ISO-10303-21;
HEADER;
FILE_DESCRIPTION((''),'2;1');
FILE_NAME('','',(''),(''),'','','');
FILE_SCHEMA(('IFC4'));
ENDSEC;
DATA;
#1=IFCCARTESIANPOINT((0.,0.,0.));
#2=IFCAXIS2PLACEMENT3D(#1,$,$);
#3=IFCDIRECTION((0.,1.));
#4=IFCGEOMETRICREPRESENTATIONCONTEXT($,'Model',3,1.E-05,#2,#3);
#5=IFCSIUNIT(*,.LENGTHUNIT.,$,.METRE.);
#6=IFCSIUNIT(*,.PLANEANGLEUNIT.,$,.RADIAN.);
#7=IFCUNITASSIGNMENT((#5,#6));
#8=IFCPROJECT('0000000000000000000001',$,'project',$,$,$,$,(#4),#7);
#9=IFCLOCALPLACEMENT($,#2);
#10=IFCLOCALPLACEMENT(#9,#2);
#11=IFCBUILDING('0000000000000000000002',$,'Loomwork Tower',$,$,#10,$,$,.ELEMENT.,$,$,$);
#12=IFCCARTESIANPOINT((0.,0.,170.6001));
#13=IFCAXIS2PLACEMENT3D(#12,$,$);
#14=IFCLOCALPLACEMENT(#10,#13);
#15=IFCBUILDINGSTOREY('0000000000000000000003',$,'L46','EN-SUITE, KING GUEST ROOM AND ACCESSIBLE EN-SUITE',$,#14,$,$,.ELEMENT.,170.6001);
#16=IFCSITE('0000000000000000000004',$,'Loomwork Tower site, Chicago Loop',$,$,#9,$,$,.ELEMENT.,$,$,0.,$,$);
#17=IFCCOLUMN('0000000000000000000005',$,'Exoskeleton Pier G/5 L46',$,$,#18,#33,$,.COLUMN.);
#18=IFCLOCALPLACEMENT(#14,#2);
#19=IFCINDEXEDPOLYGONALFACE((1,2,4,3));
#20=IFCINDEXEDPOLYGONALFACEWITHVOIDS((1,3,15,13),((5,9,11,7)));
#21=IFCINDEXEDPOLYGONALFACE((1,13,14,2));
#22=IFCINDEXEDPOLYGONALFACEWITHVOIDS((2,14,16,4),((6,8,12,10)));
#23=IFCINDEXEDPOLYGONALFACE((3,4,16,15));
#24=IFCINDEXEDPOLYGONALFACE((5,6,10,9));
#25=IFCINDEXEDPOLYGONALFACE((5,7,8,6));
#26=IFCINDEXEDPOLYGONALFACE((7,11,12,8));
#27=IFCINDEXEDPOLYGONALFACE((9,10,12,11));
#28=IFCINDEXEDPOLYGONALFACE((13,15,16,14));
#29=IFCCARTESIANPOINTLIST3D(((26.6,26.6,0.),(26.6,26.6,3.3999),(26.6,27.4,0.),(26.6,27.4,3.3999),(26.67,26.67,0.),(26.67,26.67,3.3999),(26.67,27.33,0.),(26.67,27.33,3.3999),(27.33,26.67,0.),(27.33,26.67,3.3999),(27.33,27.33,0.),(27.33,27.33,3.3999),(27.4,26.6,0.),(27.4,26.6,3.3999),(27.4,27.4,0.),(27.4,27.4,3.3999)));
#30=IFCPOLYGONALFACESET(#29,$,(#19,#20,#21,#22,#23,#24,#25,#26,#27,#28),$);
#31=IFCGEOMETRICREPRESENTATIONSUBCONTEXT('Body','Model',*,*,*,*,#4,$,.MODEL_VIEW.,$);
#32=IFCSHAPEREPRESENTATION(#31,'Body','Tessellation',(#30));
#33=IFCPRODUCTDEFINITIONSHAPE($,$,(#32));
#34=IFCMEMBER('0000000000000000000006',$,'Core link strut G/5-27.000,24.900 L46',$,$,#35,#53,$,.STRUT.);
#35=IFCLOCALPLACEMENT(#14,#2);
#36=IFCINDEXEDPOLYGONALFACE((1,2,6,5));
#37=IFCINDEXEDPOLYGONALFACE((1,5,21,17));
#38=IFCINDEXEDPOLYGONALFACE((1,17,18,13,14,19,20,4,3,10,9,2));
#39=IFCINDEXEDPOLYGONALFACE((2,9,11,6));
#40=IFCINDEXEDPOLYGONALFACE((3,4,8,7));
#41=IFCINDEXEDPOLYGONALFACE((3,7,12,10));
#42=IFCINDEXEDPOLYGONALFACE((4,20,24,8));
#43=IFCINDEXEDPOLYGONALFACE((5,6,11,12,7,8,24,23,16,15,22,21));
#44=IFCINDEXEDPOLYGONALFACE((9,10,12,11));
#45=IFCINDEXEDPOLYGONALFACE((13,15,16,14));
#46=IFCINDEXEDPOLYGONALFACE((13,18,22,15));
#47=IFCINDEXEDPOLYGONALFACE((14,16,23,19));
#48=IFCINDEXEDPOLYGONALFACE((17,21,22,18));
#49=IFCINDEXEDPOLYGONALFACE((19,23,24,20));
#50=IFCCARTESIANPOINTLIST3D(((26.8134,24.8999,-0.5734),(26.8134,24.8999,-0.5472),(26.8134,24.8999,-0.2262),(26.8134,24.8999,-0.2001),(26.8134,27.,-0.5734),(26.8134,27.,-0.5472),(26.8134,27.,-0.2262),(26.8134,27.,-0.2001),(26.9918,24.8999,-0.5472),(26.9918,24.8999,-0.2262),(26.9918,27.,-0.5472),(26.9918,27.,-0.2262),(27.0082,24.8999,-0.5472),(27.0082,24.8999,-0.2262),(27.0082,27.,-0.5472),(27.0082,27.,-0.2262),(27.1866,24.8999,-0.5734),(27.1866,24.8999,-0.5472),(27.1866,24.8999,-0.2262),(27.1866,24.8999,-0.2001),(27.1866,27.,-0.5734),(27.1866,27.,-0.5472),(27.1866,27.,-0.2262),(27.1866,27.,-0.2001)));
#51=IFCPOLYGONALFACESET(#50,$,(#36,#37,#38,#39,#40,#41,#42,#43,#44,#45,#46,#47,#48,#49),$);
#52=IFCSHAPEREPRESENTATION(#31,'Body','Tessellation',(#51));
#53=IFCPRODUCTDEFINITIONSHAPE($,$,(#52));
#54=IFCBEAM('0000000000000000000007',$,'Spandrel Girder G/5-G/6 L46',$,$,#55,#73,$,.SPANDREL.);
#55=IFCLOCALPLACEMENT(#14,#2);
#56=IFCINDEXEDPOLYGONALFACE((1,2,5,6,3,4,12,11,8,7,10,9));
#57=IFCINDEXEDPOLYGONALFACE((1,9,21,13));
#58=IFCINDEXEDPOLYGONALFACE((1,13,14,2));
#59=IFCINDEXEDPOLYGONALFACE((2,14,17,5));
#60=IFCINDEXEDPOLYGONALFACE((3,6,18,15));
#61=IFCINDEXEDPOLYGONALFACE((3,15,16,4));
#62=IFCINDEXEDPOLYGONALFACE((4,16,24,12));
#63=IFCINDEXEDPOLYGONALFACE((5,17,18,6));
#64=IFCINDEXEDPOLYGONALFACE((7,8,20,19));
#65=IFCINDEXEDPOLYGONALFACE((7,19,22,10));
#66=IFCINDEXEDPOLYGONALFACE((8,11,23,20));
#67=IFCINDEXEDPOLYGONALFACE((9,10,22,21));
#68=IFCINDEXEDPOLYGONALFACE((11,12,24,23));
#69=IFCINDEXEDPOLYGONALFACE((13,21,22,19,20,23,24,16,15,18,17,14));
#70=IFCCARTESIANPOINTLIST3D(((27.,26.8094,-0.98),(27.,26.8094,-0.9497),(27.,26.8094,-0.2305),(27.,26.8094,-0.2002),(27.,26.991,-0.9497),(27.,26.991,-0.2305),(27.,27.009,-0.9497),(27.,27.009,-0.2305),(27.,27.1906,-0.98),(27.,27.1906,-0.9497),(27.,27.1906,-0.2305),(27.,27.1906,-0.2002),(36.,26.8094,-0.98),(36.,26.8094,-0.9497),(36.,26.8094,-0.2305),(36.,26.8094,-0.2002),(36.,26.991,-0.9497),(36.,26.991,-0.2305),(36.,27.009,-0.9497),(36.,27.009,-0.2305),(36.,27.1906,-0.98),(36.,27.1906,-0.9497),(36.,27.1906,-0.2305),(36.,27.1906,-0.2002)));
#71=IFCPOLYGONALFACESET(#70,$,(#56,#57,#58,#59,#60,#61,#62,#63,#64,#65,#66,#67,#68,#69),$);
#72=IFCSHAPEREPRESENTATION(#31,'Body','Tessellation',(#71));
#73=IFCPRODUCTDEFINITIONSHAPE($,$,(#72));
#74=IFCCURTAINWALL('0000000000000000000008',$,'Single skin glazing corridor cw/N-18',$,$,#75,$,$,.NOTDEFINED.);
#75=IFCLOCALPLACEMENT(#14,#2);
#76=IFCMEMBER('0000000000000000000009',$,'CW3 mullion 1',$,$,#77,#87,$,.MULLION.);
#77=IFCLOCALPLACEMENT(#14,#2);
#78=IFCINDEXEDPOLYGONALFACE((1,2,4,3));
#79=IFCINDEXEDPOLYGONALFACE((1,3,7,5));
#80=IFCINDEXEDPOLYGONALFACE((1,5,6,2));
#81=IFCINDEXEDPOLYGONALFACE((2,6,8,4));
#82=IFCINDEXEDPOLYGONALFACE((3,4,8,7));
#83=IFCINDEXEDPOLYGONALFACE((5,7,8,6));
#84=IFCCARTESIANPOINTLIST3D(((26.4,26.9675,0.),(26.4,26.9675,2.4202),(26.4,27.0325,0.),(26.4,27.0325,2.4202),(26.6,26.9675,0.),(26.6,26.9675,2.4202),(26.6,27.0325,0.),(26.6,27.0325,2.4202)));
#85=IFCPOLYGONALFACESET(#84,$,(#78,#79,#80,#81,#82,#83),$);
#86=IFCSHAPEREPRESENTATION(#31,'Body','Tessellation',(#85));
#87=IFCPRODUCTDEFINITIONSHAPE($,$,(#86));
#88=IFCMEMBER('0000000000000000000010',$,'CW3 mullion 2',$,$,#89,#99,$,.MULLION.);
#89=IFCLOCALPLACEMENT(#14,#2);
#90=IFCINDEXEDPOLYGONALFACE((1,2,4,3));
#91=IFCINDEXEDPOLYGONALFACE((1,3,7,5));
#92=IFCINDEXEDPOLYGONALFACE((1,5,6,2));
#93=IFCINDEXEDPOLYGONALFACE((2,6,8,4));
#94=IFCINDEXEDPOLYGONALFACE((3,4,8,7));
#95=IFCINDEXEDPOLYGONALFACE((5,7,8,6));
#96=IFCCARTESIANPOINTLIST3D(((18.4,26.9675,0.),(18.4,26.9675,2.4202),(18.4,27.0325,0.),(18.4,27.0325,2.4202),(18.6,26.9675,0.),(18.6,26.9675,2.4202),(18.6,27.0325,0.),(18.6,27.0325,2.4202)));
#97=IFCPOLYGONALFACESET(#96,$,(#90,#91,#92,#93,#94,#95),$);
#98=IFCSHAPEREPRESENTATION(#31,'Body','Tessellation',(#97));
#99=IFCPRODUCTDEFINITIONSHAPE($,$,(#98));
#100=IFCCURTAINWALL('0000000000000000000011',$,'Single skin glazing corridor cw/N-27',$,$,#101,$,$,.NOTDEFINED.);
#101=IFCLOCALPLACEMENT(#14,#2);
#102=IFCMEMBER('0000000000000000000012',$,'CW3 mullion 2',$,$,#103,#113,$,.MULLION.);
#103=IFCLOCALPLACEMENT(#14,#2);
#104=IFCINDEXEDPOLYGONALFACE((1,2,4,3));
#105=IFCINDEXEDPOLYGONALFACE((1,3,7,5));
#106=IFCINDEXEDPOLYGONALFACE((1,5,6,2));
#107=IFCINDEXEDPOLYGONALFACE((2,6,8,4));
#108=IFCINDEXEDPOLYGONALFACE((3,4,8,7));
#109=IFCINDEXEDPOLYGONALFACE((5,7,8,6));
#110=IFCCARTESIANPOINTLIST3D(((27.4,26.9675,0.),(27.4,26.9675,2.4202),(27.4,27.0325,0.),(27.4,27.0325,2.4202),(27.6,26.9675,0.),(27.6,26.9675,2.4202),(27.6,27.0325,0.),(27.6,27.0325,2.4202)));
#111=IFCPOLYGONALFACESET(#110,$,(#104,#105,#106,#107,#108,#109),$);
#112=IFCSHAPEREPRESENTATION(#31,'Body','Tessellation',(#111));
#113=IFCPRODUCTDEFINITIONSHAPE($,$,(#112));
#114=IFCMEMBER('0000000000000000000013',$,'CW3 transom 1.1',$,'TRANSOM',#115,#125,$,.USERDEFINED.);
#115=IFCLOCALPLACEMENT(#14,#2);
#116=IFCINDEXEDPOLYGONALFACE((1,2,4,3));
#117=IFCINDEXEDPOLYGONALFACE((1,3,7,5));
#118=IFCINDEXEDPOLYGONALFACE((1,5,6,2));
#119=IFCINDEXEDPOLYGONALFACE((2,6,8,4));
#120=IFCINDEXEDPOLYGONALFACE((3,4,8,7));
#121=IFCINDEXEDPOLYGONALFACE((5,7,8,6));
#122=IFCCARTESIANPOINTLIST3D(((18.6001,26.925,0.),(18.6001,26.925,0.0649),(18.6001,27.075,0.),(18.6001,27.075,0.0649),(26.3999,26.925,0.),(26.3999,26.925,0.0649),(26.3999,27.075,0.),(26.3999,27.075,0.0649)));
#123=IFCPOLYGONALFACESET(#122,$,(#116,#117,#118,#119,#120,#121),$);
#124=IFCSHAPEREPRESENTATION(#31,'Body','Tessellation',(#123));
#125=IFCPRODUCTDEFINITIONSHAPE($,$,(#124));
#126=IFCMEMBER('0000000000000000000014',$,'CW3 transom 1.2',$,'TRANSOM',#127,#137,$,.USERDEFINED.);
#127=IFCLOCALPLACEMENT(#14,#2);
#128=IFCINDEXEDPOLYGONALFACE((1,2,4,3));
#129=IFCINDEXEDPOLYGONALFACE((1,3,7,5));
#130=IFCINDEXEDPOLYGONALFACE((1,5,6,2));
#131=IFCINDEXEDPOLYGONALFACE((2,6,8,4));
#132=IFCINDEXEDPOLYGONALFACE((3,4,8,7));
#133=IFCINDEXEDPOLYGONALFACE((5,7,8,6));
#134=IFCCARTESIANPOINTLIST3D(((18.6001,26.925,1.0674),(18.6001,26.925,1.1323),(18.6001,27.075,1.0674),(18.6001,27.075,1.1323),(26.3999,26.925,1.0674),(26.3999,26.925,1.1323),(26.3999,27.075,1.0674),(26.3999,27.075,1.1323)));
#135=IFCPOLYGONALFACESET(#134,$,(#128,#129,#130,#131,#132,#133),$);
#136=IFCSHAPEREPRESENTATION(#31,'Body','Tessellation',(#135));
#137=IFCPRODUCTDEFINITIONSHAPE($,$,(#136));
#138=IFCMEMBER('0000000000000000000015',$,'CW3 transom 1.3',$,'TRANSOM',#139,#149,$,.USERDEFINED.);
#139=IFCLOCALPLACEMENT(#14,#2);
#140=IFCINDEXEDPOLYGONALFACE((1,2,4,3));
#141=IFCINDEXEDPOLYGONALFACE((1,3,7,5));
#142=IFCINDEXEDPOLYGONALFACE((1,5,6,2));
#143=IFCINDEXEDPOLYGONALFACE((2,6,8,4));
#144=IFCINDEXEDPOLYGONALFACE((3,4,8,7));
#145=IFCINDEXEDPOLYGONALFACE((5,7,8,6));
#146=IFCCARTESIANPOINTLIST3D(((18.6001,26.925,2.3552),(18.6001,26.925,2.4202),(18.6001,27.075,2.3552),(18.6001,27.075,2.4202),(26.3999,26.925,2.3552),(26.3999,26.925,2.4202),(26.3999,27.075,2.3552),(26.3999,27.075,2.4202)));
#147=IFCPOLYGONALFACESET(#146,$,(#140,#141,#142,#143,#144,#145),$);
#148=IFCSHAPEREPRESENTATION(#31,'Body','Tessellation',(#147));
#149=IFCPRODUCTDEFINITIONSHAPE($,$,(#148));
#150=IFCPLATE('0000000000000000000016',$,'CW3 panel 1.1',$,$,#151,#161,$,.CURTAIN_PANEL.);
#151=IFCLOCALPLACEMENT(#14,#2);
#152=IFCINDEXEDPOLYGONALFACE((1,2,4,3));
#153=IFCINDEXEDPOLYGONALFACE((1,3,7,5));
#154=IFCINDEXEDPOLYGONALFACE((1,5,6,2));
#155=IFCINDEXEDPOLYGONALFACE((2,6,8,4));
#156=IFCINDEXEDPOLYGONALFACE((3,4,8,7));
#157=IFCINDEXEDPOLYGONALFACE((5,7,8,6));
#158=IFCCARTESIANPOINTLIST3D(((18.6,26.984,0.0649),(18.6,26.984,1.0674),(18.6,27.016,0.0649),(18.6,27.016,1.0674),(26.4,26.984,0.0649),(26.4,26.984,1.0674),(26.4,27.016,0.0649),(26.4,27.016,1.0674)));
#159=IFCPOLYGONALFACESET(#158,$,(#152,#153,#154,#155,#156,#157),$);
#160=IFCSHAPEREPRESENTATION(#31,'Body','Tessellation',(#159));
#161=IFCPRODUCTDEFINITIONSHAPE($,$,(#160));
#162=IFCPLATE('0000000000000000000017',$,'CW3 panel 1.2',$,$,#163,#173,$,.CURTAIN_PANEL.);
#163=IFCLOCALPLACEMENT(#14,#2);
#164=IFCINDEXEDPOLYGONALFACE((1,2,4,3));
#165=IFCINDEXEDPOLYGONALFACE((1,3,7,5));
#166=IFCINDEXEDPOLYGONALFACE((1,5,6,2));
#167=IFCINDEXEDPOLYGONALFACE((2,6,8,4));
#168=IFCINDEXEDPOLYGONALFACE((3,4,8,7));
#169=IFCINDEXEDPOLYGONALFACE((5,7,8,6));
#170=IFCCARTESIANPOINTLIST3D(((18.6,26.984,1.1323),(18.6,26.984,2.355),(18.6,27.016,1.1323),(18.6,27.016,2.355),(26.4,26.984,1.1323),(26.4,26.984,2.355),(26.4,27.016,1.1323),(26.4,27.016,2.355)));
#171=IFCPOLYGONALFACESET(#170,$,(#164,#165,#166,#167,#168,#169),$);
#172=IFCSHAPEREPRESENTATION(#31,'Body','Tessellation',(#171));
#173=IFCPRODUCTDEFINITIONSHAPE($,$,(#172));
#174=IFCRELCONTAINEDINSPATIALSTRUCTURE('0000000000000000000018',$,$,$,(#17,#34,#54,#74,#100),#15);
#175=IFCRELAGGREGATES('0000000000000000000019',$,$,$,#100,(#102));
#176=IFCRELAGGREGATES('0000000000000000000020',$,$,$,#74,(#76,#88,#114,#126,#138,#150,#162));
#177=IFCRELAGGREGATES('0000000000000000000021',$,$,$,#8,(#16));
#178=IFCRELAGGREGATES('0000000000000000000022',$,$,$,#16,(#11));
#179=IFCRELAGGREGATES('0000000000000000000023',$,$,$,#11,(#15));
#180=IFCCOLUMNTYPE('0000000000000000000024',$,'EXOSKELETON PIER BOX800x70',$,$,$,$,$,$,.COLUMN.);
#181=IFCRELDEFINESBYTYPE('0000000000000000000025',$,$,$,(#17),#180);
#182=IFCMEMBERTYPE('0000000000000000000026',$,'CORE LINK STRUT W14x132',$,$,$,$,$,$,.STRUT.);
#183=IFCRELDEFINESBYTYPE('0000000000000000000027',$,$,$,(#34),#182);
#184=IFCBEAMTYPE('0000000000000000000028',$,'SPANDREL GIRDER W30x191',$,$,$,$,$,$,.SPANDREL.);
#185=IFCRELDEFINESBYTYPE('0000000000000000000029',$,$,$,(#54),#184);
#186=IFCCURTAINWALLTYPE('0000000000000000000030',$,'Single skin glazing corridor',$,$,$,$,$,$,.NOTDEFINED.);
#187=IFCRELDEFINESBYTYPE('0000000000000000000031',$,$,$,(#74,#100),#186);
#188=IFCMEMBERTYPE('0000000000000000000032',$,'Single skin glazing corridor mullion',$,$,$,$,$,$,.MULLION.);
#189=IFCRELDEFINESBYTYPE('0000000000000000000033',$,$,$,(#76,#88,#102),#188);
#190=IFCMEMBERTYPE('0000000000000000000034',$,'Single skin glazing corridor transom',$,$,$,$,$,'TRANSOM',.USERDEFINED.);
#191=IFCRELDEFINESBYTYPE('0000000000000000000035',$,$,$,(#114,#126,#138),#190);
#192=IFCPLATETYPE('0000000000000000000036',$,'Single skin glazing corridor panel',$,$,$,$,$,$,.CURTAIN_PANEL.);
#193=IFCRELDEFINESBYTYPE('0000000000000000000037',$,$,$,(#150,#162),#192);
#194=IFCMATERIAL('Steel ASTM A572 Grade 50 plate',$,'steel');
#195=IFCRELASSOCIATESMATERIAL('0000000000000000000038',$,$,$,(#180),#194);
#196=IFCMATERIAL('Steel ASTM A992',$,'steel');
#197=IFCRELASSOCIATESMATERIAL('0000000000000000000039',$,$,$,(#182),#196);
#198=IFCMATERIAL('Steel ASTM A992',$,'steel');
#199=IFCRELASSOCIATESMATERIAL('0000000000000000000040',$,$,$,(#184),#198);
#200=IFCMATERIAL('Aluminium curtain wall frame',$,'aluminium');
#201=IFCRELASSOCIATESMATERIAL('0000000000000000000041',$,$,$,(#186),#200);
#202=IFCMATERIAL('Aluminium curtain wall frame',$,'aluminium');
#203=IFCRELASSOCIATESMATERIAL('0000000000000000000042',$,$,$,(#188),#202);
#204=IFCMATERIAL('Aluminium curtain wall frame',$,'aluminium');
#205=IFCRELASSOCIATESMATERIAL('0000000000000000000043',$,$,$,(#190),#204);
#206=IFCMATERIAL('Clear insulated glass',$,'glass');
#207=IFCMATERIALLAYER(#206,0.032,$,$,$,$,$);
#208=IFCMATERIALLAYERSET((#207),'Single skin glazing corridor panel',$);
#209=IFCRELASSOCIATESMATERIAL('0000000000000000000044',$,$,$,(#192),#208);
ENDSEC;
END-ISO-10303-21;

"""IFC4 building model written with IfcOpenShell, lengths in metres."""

from ifc_helpers import new_model, si_unit, direction, frame, origin, origin_2d, place, context, subcontext, project, spatial, rectangle, hollow_rectangle, i_section, extrude, material, layer, layer_set, material_profile, profile_set, type_object, element, aggregate, save


model = new_model("IFC4")

# Units and contexts
model_context = context("Model", 3, precision=1e-05, world=origin(), true_north=direction((0.0, 1.0)))
body_context = subcontext(model_context, "Body", "Model", "MODEL_VIEW")
ifc_project = project(units=[si_unit("LENGTHUNIT", "METRE"), si_unit("PLANEANGLEUNIT", "RADIAN")], contexts=[model_context])

# Site, building, storey
site_placement = place(None, origin())
site = spatial("IfcSite", under=ifc_project, at=site_placement, Name="Loomwork Tower site, Chicago Loop", CompositionType="ELEMENT", RefElevation=0.0)
building_placement = place(site_placement, origin())
building = spatial("IfcBuilding", under=site, at=building_placement, Name="Loomwork Tower", CompositionType="ELEMENT")
storey_placement = place(building_placement, frame((0.0, 0.0, 170.6001)))
storey = spatial("IfcBuildingStorey", under=building, at=storey_placement, Name="L46", Description="EN-SUITE, KING GUEST ROOM AND ACCESSIBLE EN-SUITE", CompositionType="ELEMENT", Elevation=170.6001)

# Column
ifc_material_1 = material(Name="Steel ASTM A572 Grade 50 plate", Category="steel")
ifc_material_profile_1 = material_profile(ifc_material_1, hollow_rectangle(XDim=0.8, YDim=0.8, WallThickness=0.0701, at=origin_2d()), Name="BOX800x70")
ifc_profile_set_1 = profile_set([ifc_material_profile_1], Name="Steel ASTM A572 Grade 50 plate")
column_type = type_object("IfcColumnType", Name="EXOSKELETON PIER BOX800x70", PredefinedType="COLUMN", material=ifc_profile_set_1)
column_placement = place(storey_placement, frame((27.0, 27.0, 0.0), z_axis=(0.0, 0.0, 1.0), x_axis=(1.0, 0.0, 0.0)))
element("IfcColumn", 1, at=column_placement, inside=storey, type_object=column_type, Name="Exoskeleton Pier G/5 L46", PredefinedType="COLUMN", context=body_context, shape_type="SweptSolid", body=[
    extrude(hollow_rectangle(XDim=0.8, YDim=0.8, WallThickness=0.0701, at=origin_2d()), origin(), (0.0, 0.0, 1.0), 3.3999),
])

# Member
ifc_material_2 = material(Name="Steel ASTM A992", Category="steel")
ifc_material_profile_2 = material_profile(ifc_material_2, i_section(OverallWidth=0.3733, OverallDepth=0.3733, WebThickness=0.0164, FlangeThickness=0.0261, at=origin_2d()), Name="W14x132")
ifc_profile_set_2 = profile_set([ifc_material_profile_2], Name="Steel ASTM A992")
member_type_1 = type_object("IfcMemberType", Name="CORE LINK STRUT W14x132", PredefinedType="STRUT", material=ifc_profile_set_2)
member_1_placement = place(storey_placement, frame((27.0, 27.0, -0.3867), z_axis=(0.0, -1.0, 0.0), x_axis=(1.0, 0.0, 0.0)))
element("IfcMember", 2, at=member_1_placement, inside=storey, type_object=member_type_1, Name="Core link strut G/5-27.000,24.900 L46", PredefinedType="STRUT", context=body_context, shape_type="SweptSolid", body=[
    extrude(i_section(OverallWidth=0.3733, OverallDepth=0.3733, WebThickness=0.0164, FlangeThickness=0.0261, at=origin_2d()), origin(), (0.0, 0.0, 1.0), 2.1001),
])

# Beam
ifc_material_3 = material(Name="Steel ASTM A992", Category="steel")
ifc_material_profile_3 = material_profile(ifc_material_3, i_section(OverallWidth=0.3811, OverallDepth=0.7798, WebThickness=0.0181, FlangeThickness=0.0303, at=origin_2d()), Name="W30x191")
ifc_profile_set_3 = profile_set([ifc_material_profile_3], Name="Steel ASTM A992")
beam_type = type_object("IfcBeamType", Name="SPANDREL GIRDER W30x191", PredefinedType="SPANDREL", material=ifc_profile_set_3)
beam_placement = place(storey_placement, frame((27.0, 27.0, -0.5901), z_axis=(1.0, 0.0, 0.0), x_axis=(0.0, 1.0, 0.0)))
element("IfcBeam", 3, at=beam_placement, inside=storey, type_object=beam_type, Name="Spandrel Girder G/5-G/6 L46", PredefinedType="SPANDREL", context=body_context, shape_type="SweptSolid", body=[
    extrude(i_section(OverallWidth=0.3811, OverallDepth=0.7798, WebThickness=0.0181, FlangeThickness=0.0303, at=origin_2d()), origin(), (0.0, 0.0, 1.0), 9.0),
])

# Curtain wall, members
ifc_material_4 = material(Name="Aluminium curtain wall frame", Category="aluminium")
curtain_wall_type = type_object("IfcCurtainWallType", Name="Single skin glazing corridor", PredefinedType="NOTDEFINED", material=ifc_material_4)
curtain_wall_1_placement = place(storey_placement, origin())
curtain_wall_1 = element("IfcCurtainWall", 4, at=curtain_wall_1_placement, inside=storey, type_object=curtain_wall_type, Name="Single skin glazing corridor cw/N-18", PredefinedType="NOTDEFINED")
ifc_material_5 = material(Name="Aluminium curtain wall frame", Category="aluminium")
ifc_material_profile_4 = material_profile(ifc_material_5, rectangle(XDim=0.0649, YDim=0.2, at=origin_2d()), Name="AL 65x200")
ifc_profile_set_4 = profile_set([ifc_material_profile_4], Name="Aluminium curtain wall frame")
member_type_2 = type_object("IfcMemberType", Name="Single skin glazing corridor mullion", PredefinedType="MULLION", material=ifc_profile_set_4)
member_2_placement = place(storey_placement, frame((26.5, 27.0, 0.0), z_axis=(0.0, 0.0, 1.0), x_axis=(0.0, -1.0, 0.0)))
member_2 = element("IfcMember", 5, at=member_2_placement, type_object=member_type_2, Name="CW3 mullion 1", PredefinedType="MULLION", context=body_context, shape_type="SweptSolid", body=[
    extrude(rectangle(XDim=0.0649, YDim=0.2, at=origin_2d()), origin(), (0.0, 0.0, 1.0), 2.4202),
])
member_3_placement = place(storey_placement, frame((18.5, 27.0, 0.0), z_axis=(0.0, 0.0, 1.0), x_axis=(0.0, -1.0, 0.0)))
member_3 = element("IfcMember", 6, at=member_3_placement, type_object=member_type_2, Name="CW3 mullion 2", PredefinedType="MULLION", context=body_context, shape_type="SweptSolid", body=[
    extrude(rectangle(XDim=0.0649, YDim=0.2, at=origin_2d()), origin(), (0.0, 0.0, 1.0), 2.4202),
])

# Curtain wall, member
curtain_wall_2_placement = place(storey_placement, origin())
curtain_wall_2 = element("IfcCurtainWall", 7, at=curtain_wall_2_placement, inside=storey, type_object=curtain_wall_type, Name="Single skin glazing corridor cw/N-27", PredefinedType="NOTDEFINED")
member_4_placement = place(storey_placement, frame((27.5, 27.0, 0.0), z_axis=(0.0, 0.0, 1.0), x_axis=(0.0, -1.0, 0.0)))
member_4 = element("IfcMember", 8, at=member_4_placement, type_object=member_type_2, Name="CW3 mullion 2", PredefinedType="MULLION", context=body_context, shape_type="SweptSolid", body=[
    extrude(rectangle(XDim=0.0649, YDim=0.2, at=origin_2d()), origin(), (0.0, 0.0, 1.0), 2.4202),
])
aggregate(curtain_wall_2, [member_4])

# Members
ifc_material_6 = material(Name="Aluminium curtain wall frame", Category="aluminium")
ifc_material_profile_5 = material_profile(ifc_material_6, rectangle(XDim=0.1499, YDim=0.0649, at=origin_2d()), Name="AL 65x150")
ifc_profile_set_5 = profile_set([ifc_material_profile_5], Name="Aluminium curtain wall frame")
member_type_3 = type_object("IfcMemberType", Name="Single skin glazing corridor transom", ElementType="TRANSOM", PredefinedType="USERDEFINED", material=ifc_profile_set_5)
member_5_placement = place(storey_placement, frame((26.3999, 27.0, 0.0325), z_axis=(-1.0, 0.0, 0.0), x_axis=(0.0, -1.0, 0.0)))
member_5 = element("IfcMember", 9, at=member_5_placement, type_object=member_type_3, Name="CW3 transom 1.1", ObjectType="TRANSOM", PredefinedType="USERDEFINED", context=body_context, shape_type="SweptSolid", body=[
    extrude(rectangle(XDim=0.1499, YDim=0.0649, at=origin_2d()), origin(), (0.0, 0.0, 1.0), 7.7998),
])
member_6_placement = place(storey_placement, frame((26.3999, 27.0, 1.0999), z_axis=(-1.0, 0.0, 0.0), x_axis=(0.0, -1.0, 0.0)))
member_6 = element("IfcMember", 10, at=member_6_placement, type_object=member_type_3, Name="CW3 transom 1.2", ObjectType="TRANSOM", PredefinedType="USERDEFINED", context=body_context, shape_type="SweptSolid", body=[
    extrude(rectangle(XDim=0.1499, YDim=0.0649, at=origin_2d()), origin(), (0.0, 0.0, 1.0), 7.7998),
])
member_7_placement = place(storey_placement, frame((26.3999, 27.0, 2.3877), z_axis=(-1.0, 0.0, 0.0), x_axis=(0.0, -1.0, 0.0)))
member_7 = element("IfcMember", 11, at=member_7_placement, type_object=member_type_3, Name="CW3 transom 1.3", ObjectType="TRANSOM", PredefinedType="USERDEFINED", context=body_context, shape_type="SweptSolid", body=[
    extrude(rectangle(XDim=0.1499, YDim=0.0649, at=origin_2d()), origin(), (0.0, 0.0, 1.0), 7.7998),
])

# Plates
ifc_material_7 = material(Name="Clear insulated glass", Category="glass")
ifc_layer_1 = layer(ifc_material_7, 0.032)
ifc_layer_set_1 = layer_set([ifc_layer_1], Name="Single skin glazing corridor panel")
plate_type = type_object("IfcPlateType", Name="Single skin glazing corridor panel", PredefinedType="CURTAIN_PANEL", material=ifc_layer_set_1)
plate_1_placement = place(storey_placement, frame((22.5, 27.0, 0.0649), z_axis=(0.0, 0.0, 1.0), x_axis=(-1.0, 0.0, 0.0)))
plate_1 = element("IfcPlate", 12, at=plate_1_placement, type_object=plate_type, Name="CW3 panel 1.1", PredefinedType="CURTAIN_PANEL", context=body_context, shape_type="SweptSolid", body=[
    extrude(rectangle(XDim=7.8, YDim=0.032, at=origin_2d()), origin(), (0.0, 0.0, 1.0), 1.0024),
])
plate_2_placement = place(storey_placement, frame((22.5, 27.0, 1.1323), z_axis=(0.0, 0.0, 1.0), x_axis=(-1.0, 0.0, 0.0)))
plate_2 = element("IfcPlate", 13, at=plate_2_placement, type_object=plate_type, Name="CW3 panel 1.2", PredefinedType="CURTAIN_PANEL", context=body_context, shape_type="SweptSolid", body=[
    extrude(rectangle(XDim=7.8, YDim=0.032, at=origin_2d()), origin(), (0.0, 0.0, 1.0), 1.2227),
])
aggregate(curtain_wall_1, [member_2, member_3, member_5, member_6, member_7, plate_1, plate_2])

save(model, "model.ifc")
